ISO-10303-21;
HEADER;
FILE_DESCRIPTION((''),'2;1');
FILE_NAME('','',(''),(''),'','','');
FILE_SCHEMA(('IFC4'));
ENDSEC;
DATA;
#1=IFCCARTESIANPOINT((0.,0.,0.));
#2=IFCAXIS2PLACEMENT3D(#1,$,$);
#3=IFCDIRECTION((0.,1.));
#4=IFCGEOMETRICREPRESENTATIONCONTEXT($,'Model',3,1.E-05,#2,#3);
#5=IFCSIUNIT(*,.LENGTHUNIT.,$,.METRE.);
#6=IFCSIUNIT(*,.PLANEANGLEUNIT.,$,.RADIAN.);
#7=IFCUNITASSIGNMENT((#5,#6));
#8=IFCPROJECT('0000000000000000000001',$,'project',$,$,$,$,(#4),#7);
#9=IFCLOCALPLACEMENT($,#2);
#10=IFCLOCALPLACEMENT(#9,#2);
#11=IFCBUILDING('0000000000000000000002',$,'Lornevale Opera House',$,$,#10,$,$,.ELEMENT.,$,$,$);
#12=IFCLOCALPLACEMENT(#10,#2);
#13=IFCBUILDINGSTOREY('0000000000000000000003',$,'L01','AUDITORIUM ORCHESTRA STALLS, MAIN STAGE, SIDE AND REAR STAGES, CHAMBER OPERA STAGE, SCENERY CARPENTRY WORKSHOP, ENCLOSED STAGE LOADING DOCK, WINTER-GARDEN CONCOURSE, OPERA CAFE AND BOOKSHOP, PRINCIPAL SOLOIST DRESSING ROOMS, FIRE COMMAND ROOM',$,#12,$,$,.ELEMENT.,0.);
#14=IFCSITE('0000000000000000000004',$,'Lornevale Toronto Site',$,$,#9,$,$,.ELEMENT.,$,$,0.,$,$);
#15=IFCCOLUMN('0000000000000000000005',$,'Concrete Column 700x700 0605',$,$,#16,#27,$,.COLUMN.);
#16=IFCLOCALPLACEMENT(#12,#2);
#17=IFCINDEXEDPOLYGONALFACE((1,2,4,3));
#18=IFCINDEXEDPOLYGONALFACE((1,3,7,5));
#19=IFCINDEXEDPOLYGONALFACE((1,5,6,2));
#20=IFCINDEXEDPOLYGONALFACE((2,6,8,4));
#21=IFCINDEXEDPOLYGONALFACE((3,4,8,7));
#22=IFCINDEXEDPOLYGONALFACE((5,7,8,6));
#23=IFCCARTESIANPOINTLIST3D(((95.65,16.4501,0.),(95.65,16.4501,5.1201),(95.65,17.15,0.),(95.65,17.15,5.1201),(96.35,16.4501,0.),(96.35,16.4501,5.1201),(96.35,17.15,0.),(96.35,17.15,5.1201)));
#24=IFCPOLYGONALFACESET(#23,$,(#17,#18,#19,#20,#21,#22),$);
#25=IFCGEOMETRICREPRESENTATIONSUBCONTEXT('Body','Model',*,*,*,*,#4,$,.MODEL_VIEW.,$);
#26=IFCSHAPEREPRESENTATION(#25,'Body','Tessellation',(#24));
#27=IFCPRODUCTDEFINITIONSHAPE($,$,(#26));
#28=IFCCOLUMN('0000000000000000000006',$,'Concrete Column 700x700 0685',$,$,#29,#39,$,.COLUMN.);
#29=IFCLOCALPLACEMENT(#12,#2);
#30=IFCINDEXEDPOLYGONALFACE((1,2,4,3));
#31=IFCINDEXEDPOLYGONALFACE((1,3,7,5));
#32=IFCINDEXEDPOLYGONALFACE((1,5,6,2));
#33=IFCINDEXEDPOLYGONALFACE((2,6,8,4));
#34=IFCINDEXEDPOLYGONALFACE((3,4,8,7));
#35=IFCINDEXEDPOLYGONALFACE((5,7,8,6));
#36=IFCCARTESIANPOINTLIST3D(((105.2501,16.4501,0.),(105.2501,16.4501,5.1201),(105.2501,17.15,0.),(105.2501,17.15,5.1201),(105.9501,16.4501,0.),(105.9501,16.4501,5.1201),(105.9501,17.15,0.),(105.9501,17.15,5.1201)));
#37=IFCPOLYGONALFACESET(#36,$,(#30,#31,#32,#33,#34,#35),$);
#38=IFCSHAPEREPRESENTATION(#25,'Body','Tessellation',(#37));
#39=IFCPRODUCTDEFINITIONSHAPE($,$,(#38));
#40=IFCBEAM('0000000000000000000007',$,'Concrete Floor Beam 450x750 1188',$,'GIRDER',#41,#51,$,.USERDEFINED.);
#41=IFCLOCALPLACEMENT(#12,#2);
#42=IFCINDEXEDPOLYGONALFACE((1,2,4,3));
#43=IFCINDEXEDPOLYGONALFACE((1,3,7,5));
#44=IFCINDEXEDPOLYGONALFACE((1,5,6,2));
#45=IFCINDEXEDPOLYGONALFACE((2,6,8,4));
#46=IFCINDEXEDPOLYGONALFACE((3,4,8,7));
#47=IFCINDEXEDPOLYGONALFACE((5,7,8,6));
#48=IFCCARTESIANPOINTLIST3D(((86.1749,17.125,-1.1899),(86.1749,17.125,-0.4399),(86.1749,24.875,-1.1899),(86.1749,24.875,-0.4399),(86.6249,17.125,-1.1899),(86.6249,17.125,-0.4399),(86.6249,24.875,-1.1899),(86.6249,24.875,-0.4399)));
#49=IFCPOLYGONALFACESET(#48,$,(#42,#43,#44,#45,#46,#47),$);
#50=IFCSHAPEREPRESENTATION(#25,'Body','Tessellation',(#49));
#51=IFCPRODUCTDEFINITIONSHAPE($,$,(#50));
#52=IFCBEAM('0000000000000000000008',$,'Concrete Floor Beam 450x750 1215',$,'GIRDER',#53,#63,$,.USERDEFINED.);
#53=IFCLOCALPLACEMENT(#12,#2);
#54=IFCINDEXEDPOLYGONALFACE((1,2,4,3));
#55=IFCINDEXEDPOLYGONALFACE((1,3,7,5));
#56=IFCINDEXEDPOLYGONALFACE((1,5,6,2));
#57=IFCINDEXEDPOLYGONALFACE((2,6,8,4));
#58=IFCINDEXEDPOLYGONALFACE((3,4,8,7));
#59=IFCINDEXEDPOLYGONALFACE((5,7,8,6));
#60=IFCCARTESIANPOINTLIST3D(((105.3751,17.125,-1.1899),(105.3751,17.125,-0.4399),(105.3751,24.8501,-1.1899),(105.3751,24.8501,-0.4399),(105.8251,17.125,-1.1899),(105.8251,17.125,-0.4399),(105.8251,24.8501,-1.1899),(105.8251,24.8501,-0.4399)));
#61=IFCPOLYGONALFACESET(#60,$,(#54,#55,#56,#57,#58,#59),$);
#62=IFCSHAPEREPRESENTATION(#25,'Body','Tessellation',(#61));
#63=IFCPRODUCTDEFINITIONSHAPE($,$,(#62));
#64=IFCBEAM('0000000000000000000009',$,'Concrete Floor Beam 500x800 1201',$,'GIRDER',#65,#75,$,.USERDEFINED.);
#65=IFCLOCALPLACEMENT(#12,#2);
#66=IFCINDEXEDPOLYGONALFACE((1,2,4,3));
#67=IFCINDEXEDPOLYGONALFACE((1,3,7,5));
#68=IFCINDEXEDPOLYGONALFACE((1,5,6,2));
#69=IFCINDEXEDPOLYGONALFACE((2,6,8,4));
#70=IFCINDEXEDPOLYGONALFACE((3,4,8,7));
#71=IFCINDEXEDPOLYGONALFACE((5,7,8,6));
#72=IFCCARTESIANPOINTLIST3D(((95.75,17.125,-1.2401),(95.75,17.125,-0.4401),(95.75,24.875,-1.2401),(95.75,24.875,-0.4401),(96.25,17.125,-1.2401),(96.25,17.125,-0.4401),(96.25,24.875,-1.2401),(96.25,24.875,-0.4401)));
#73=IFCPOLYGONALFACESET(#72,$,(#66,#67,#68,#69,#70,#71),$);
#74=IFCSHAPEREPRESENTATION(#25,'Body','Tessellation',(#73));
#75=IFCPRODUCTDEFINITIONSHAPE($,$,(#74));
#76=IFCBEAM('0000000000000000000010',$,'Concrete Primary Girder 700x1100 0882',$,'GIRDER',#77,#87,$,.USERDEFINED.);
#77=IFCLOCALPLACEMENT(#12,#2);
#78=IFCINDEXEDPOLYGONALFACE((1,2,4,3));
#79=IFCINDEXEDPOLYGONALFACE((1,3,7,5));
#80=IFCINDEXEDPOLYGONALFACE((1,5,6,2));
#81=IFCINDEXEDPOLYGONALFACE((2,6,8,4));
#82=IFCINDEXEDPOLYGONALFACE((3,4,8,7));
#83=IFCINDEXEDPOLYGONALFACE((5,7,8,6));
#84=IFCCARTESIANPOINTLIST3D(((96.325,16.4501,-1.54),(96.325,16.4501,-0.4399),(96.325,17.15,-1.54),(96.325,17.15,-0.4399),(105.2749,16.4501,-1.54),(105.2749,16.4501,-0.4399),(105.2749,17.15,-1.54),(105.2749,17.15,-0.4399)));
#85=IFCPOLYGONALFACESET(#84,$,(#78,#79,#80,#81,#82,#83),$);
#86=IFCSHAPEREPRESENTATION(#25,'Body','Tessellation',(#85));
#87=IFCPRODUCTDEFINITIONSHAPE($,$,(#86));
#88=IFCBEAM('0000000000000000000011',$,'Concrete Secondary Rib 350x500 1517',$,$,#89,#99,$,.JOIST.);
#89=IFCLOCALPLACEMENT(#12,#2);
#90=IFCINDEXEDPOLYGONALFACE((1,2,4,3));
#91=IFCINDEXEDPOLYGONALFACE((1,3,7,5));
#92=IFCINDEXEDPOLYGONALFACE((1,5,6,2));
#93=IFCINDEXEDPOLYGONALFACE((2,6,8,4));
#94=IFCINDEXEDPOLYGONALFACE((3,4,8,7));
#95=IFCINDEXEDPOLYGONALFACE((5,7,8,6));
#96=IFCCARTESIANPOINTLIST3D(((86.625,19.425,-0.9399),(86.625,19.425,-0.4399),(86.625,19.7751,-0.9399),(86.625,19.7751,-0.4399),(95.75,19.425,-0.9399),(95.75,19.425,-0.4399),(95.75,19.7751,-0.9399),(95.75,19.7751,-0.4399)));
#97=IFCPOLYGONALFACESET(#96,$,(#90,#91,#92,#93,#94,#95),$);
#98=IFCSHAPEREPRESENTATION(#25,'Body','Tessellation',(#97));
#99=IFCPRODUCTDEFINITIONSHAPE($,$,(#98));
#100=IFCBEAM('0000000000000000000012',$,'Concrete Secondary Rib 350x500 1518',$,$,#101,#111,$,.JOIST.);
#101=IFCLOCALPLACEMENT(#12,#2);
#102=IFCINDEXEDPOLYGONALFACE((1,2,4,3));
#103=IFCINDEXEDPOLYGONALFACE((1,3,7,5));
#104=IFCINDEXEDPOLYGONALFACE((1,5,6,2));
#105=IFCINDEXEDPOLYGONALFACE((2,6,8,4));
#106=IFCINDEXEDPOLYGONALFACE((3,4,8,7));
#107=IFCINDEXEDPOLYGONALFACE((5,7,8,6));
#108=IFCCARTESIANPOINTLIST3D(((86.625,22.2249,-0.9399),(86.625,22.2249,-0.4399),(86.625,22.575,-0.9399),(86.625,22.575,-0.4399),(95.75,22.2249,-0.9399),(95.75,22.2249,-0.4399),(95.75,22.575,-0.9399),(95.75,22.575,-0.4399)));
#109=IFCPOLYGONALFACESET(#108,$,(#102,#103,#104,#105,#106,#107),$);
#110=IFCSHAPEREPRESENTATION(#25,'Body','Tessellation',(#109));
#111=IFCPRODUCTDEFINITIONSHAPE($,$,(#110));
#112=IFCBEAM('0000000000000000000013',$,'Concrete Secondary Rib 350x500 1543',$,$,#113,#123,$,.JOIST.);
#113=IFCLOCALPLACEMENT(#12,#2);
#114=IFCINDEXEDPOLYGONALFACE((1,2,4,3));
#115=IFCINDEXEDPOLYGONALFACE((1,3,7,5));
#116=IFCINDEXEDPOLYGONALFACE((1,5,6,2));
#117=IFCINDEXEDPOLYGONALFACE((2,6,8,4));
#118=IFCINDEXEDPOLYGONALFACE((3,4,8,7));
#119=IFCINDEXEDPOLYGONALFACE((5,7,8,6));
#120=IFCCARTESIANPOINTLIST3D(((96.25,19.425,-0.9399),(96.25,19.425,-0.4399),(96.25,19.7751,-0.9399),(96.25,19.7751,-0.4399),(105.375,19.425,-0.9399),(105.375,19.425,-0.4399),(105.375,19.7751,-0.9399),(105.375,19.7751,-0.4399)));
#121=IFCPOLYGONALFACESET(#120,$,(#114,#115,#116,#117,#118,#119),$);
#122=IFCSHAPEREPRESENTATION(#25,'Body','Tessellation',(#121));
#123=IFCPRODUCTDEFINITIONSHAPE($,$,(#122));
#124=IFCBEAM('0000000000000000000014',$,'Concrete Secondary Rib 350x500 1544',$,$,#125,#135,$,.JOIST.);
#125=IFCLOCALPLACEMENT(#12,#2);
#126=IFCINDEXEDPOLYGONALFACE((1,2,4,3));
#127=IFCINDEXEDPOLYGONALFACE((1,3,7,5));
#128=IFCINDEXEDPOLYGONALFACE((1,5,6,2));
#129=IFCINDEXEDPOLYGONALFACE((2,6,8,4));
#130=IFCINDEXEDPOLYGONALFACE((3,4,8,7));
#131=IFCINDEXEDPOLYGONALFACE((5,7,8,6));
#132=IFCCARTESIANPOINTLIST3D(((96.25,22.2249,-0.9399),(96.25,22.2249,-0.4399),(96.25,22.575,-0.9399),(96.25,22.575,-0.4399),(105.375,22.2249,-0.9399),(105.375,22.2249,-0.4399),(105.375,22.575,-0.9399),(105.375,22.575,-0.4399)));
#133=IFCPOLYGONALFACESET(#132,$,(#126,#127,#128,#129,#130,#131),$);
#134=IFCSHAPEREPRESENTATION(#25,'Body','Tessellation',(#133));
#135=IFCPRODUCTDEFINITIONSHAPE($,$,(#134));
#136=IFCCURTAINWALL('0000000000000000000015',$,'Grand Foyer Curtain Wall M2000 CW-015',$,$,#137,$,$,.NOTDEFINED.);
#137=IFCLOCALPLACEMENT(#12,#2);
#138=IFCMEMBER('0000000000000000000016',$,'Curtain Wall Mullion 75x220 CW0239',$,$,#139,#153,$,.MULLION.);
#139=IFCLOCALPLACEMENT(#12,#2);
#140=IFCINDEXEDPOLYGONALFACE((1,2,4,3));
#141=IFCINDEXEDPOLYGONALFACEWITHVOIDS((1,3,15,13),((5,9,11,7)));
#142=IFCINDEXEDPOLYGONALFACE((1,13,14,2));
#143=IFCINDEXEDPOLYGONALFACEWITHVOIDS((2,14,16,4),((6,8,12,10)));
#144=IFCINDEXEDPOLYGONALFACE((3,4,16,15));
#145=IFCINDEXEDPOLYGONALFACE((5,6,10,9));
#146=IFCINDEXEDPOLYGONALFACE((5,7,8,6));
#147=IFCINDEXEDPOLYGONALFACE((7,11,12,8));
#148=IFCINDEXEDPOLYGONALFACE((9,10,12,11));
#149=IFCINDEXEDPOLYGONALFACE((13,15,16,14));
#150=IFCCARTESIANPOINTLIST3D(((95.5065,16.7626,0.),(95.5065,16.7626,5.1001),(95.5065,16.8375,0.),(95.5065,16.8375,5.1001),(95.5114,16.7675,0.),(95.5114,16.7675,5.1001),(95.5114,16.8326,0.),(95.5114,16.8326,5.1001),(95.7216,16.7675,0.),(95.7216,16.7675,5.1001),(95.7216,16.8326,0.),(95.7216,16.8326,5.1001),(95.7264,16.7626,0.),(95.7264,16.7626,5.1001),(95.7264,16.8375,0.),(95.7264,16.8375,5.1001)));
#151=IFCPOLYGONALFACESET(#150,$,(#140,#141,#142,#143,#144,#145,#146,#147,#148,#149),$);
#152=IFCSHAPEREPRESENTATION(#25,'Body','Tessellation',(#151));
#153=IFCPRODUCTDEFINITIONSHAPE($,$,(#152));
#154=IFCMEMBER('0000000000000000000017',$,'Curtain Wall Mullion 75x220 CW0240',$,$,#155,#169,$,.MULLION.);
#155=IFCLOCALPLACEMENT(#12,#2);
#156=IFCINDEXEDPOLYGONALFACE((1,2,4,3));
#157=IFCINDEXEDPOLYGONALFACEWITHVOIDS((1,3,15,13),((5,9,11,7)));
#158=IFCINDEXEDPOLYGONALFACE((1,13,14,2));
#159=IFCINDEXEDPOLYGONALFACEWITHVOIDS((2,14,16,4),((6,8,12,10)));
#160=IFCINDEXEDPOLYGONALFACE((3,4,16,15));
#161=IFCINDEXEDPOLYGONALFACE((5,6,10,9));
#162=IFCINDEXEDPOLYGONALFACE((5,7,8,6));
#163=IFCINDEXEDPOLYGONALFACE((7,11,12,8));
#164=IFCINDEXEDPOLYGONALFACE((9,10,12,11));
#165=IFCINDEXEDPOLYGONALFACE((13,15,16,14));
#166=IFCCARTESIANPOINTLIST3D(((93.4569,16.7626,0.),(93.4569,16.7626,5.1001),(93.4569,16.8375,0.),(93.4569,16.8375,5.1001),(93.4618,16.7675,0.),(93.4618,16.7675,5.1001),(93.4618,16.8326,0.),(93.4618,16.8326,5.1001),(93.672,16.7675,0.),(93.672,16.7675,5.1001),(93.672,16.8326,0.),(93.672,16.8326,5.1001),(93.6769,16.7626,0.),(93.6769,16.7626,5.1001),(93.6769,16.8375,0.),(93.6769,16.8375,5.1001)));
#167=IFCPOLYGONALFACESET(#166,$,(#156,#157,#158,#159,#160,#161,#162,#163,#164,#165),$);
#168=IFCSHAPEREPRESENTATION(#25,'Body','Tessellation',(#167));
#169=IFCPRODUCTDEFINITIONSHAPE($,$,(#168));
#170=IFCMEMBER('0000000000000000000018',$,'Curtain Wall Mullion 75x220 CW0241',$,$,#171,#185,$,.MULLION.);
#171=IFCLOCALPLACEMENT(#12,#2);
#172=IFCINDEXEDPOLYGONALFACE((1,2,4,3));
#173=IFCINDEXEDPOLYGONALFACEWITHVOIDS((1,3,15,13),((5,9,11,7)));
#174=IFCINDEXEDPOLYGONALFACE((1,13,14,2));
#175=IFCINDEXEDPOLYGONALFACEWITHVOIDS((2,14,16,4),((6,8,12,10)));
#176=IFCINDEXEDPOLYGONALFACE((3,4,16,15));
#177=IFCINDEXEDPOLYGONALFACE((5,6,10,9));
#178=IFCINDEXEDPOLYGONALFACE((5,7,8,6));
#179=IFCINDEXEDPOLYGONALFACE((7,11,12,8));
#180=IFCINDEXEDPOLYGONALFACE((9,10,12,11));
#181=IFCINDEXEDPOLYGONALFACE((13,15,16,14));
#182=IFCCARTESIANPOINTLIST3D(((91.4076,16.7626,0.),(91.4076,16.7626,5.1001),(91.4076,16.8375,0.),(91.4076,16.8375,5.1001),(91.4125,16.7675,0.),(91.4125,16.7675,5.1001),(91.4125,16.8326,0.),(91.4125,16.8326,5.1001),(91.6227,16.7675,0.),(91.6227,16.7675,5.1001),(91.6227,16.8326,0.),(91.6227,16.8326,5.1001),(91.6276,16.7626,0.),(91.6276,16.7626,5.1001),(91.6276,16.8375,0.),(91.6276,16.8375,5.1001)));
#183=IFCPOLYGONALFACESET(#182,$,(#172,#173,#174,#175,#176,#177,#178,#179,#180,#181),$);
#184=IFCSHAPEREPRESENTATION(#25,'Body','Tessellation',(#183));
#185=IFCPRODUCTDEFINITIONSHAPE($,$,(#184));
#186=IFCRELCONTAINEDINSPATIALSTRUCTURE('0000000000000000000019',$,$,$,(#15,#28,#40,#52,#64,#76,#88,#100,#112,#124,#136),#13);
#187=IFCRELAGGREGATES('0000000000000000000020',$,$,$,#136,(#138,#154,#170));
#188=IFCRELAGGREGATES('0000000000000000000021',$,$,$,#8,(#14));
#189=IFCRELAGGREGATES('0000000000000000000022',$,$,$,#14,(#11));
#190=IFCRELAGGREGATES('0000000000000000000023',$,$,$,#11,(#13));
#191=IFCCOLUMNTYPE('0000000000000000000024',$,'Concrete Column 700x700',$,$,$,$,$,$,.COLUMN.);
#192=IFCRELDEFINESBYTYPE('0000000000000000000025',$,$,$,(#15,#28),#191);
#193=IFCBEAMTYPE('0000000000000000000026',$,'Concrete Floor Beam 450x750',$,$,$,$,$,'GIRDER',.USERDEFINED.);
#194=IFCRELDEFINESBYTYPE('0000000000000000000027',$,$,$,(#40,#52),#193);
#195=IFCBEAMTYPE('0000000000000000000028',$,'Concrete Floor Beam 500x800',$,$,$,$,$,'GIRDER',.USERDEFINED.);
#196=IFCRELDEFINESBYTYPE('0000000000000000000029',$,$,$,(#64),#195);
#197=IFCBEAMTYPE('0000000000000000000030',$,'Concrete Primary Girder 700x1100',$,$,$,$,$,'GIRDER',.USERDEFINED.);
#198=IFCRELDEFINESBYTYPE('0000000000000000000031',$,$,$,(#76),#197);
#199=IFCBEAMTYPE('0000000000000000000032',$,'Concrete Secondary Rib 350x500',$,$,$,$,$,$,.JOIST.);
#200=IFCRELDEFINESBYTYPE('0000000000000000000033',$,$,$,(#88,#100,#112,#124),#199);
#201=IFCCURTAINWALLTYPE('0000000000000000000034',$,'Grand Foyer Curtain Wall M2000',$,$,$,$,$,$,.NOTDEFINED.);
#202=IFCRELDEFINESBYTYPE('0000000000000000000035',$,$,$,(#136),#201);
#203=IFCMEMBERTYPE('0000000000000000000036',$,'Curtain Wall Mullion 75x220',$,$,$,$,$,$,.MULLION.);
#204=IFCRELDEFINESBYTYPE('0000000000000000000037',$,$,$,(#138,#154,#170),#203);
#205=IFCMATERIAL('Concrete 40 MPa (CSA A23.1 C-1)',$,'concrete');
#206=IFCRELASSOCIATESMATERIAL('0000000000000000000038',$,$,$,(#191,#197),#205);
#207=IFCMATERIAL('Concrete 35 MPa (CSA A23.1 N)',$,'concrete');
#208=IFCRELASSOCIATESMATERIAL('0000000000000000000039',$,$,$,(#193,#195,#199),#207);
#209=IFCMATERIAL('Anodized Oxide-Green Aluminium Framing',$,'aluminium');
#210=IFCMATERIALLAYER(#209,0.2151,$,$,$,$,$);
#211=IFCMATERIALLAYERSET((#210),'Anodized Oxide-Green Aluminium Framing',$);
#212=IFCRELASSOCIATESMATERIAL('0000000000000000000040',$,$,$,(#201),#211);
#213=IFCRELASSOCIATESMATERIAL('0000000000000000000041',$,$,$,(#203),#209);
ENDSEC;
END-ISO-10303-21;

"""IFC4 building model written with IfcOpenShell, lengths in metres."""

from ifc_helpers import new_model, si_unit, direction, frame, origin, origin_2d, place, context, subcontext, project, spatial, rectangle, hollow_rectangle, extrude, material, layer, layer_set, material_profile, profile_set, type_object, element, aggregate, save


model = new_model("IFC4")

# Units and contexts
model_context = context("Model", 3, precision=1e-05, world=origin(), true_north=direction((0.0, 1.0)))
body_context = subcontext(model_context, "Body", "Model", "MODEL_VIEW")
ifc_project = project(units=[si_unit("LENGTHUNIT", "METRE"), si_unit("PLANEANGLEUNIT", "RADIAN")], contexts=[model_context])

# Site, building, storey
site_placement = place(None, origin())
site = spatial("IfcSite", under=ifc_project, at=site_placement, Name="Lornevale Toronto Site", CompositionType="ELEMENT", RefElevation=0.0)
building_placement = place(site_placement, origin())
building = spatial("IfcBuilding", under=site, at=building_placement, Name="Lornevale Opera House", CompositionType="ELEMENT")
storey_placement = place(building_placement, origin())
storey = spatial("IfcBuildingStorey", under=building, at=storey_placement, Name="L01", Description="AUDITORIUM ORCHESTRA STALLS, MAIN STAGE, SIDE AND REAR STAGES, CHAMBER OPERA STAGE, SCENERY CARPENTRY WORKSHOP, ENCLOSED STAGE LOADING DOCK, WINTER-GARDEN CONCOURSE, OPERA CAFE AND BOOKSHOP, PRINCIPAL SOLOIST DRESSING ROOMS, FIRE COMMAND ROOM", CompositionType="ELEMENT", Elevation=0.0)

# Columns
ifc_material_1 = material(Name="Concrete 40 MPa (CSA A23.1 C-1)", Category="concrete")
ifc_material_profile_1 = material_profile(ifc_material_1, rectangle(XDim=0.7, YDim=0.7, at=origin_2d()), Name="RC700x700")
ifc_profile_set_1 = profile_set([ifc_material_profile_1], Name="Concrete 40 MPa (CSA A23.1 C-1)")
column_type = type_object("IfcColumnType", Name="Concrete Column 700x700", PredefinedType="COLUMN", material=ifc_profile_set_1)
for number, where, z_axis, x_axis, name in (
    (1, (96.0, 16.8, 0.0), (0.0, 0.0, 1.0), (1.0, 0.0, 0.0), "Concrete Column 700x700 0605"),
    (2, (105.6001, 16.8, 0.0), (0.0, 0.0, 1.0), (1.0, 0.0, 0.0), "Concrete Column 700x700 0685"),
):
    element("IfcColumn", number, at=place(storey_placement, frame(where, z_axis=z_axis, x_axis=x_axis)), inside=storey, type_object=column_type, Name=name, PredefinedType="COLUMN", context=body_context, shape_type="SweptSolid", body=[
        extrude(rectangle(XDim=0.7, YDim=0.7, at=origin_2d()), origin(), (0.0, 0.0, 1.0), 5.1201),
    ])

# Beams
ifc_material_2 = material(Name="Concrete 35 MPa (CSA A23.1 N)", Category="concrete")
ifc_material_profile_2 = material_profile(ifc_material_2, rectangle(XDim=0.45, YDim=0.75, at=origin_2d()), Name="RC450x750")
ifc_profile_set_2 = profile_set([ifc_material_profile_2], Name="Concrete 35 MPa (CSA A23.1 N)")
beam_type_1 = type_object("IfcBeamType", Name="Concrete Floor Beam 450x750", ElementType="GIRDER", PredefinedType="USERDEFINED", material=ifc_profile_set_2)
beam_1_placement = place(storey_placement, frame((86.3999, 17.125, -0.8149), z_axis=(0.0, 1.0, 0.0), x_axis=(-1.0, 0.0, 0.0)))
element("IfcBeam", 3, at=beam_1_placement, inside=storey, type_object=beam_type_1, Name="Concrete Floor Beam 450x750 1188", ObjectType="GIRDER", PredefinedType="USERDEFINED", context=body_context, shape_type="SweptSolid", body=[
    extrude(rectangle(XDim=0.45, YDim=0.75, at=origin_2d()), origin(), (0.0, 0.0, 1.0), 7.75),
])
beam_2_placement = place(storey_placement, frame((105.6001, 17.125, -0.8149), z_axis=(0.0, 1.0, 0.0), x_axis=(-1.0, 0.0, 0.0)))
element("IfcBeam", 4, at=beam_2_placement, inside=storey, type_object=beam_type_1, Name="Concrete Floor Beam 450x750 1215", ObjectType="GIRDER", PredefinedType="USERDEFINED", context=body_context, shape_type="SweptSolid", body=[
    extrude(rectangle(XDim=0.45, YDim=0.75, at=origin_2d()), origin(), (0.0, 0.0, 1.0), 7.7251),
])
ifc_material_profile_3 = material_profile(ifc_material_2, rectangle(XDim=0.5, YDim=0.8, at=origin_2d()), Name="RC500x800")
ifc_profile_set_3 = profile_set([ifc_material_profile_3], Name="Concrete 35 MPa (CSA A23.1 N)")
beam_type_2 = type_object("IfcBeamType", Name="Concrete Floor Beam 500x800", ElementType="GIRDER", PredefinedType="USERDEFINED", material=ifc_profile_set_3)
beam_3_placement = place(storey_placement, frame((96.0, 17.125, -0.8401), z_axis=(0.0, 1.0, 0.0), x_axis=(-1.0, 0.0, 0.0)))
element("IfcBeam", 5, at=beam_3_placement, inside=storey, type_object=beam_type_2, Name="Concrete Floor Beam 500x800 1201", ObjectType="GIRDER", PredefinedType="USERDEFINED", context=body_context, shape_type="SweptSolid", body=[
    extrude(rectangle(XDim=0.5, YDim=0.8, at=origin_2d()), origin(), (0.0, 0.0, 1.0), 7.75),
])
ifc_material_profile_4 = material_profile(ifc_material_1, rectangle(XDim=0.7, YDim=1.1001, at=origin_2d()), Name="RC700x1100")
ifc_profile_set_4 = profile_set([ifc_material_profile_4], Name="Concrete 40 MPa (CSA A23.1 C-1)")
beam_type_3 = type_object("IfcBeamType", Name="Concrete Primary Girder 700x1100", ElementType="GIRDER", PredefinedType="USERDEFINED", material=ifc_profile_set_4)
beam_4_placement = place(storey_placement, frame((96.325, 16.8, -0.99), z_axis=(1.0, 0.0, 0.0), x_axis=(0.0, 1.0, 0.0)))
element("IfcBeam", 6, at=beam_4_placement, inside=storey, type_object=beam_type_3, Name="Concrete Primary Girder 700x1100 0882", ObjectType="GIRDER", PredefinedType="USERDEFINED", context=body_context, shape_type="SweptSolid", body=[
    extrude(rectangle(XDim=0.7, YDim=1.1001, at=origin_2d()), origin(), (0.0, 0.0, 1.0), 8.95),
])
ifc_material_profile_5 = material_profile(ifc_material_2, rectangle(XDim=0.3501, YDim=0.5, at=origin_2d()), Name="RC350x500")
ifc_profile_set_5 = profile_set([ifc_material_profile_5], Name="Concrete 35 MPa (CSA A23.1 N)")
beam_type_4 = type_object("IfcBeamType", Name="Concrete Secondary Rib 350x500", PredefinedType="JOIST", material=ifc_profile_set_5)
for number, where, z_axis, x_axis, name in (
    (7, (86.625, 19.6001, -0.6899), (1.0, 0.0, 0.0), (0.0, 1.0, 0.0), "Concrete Secondary Rib 350x500 1517"),
    (8, (86.625, 22.3999, -0.6899), (1.0, 0.0, 0.0), (0.0, 1.0, 0.0), "Concrete Secondary Rib 350x500 1518"),
    (9, (96.25, 19.6001, -0.6899), (1.0, 0.0, 0.0), (0.0, 1.0, 0.0), "Concrete Secondary Rib 350x500 1543"),
    (10, (96.25, 22.3999, -0.6899), (1.0, 0.0, 0.0), (0.0, 1.0, 0.0), "Concrete Secondary Rib 350x500 1544"),
):
    element("IfcBeam", number, at=place(storey_placement, frame(where, z_axis=z_axis, x_axis=x_axis)), inside=storey, type_object=beam_type_4, Name=name, PredefinedType="JOIST", context=body_context, shape_type="SweptSolid", body=[
        extrude(rectangle(XDim=0.3501, YDim=0.5, at=origin_2d()), origin(), (0.0, 0.0, 1.0), 9.125),
    ])

# Curtain wall, members
ifc_material_3 = material(Name="Anodized Oxide-Green Aluminium Framing", Category="aluminium")
ifc_layer_1 = layer(ifc_material_3, 0.2151)
ifc_layer_set_1 = layer_set([ifc_layer_1], Name="Anodized Oxide-Green Aluminium Framing")
curtain_wall_type = type_object("IfcCurtainWallType", Name="Grand Foyer Curtain Wall M2000", PredefinedType="NOTDEFINED", material=ifc_layer_set_1)
curtain_wall_1_placement = place(storey_placement, origin())
curtain_wall_1 = element("IfcCurtainWall", 11, at=curtain_wall_1_placement, inside=storey, type_object=curtain_wall_type, Name="Grand Foyer Curtain Wall M2000 CW-015", PredefinedType="NOTDEFINED")
ifc_material_profile_6 = material_profile(ifc_material_3, hollow_rectangle(XDim=0.075, YDim=0.22, WallThickness=0.0049, at=origin_2d()), Name="ALU75x220x5")
ifc_profile_set_6 = profile_set([ifc_material_profile_6], Name="Anodized Oxide-Green Aluminium Framing")
member_type_1 = type_object("IfcMemberType", Name="Curtain Wall Mullion 75x220", PredefinedType="MULLION", material=ifc_profile_set_6)
member_1_placement = place(storey_placement, frame((95.6165, 16.8, 0.0), z_axis=(0.0, 0.0, 1.0), x_axis=(0.0, -1.0, 0.0)))
member_1 = element("IfcMember", 12, at=member_1_placement, type_object=member_type_1, Name="Curtain Wall Mullion 75x220 CW0239", PredefinedType="MULLION", context=body_context, shape_type="SweptSolid", body=[
    extrude(hollow_rectangle(XDim=0.075, YDim=0.22, WallThickness=0.0049, at=origin_2d()), origin(), (0.0, 0.0, 1.0), 5.1001),
])
member_2_placement = place(storey_placement, frame((93.5669, 16.8, 0.0), z_axis=(0.0, 0.0, 1.0), x_axis=(0.0, -1.0, 0.0)))
member_2 = element("IfcMember", 13, at=member_2_placement, type_object=member_type_1, Name="Curtain Wall Mullion 75x220 CW0240", PredefinedType="MULLION", context=body_context, shape_type="SweptSolid", body=[
    extrude(hollow_rectangle(XDim=0.075, YDim=0.22, WallThickness=0.0049, at=origin_2d()), origin(), (0.0, 0.0, 1.0), 5.1001),
])
member_3_placement = place(storey_placement, frame((91.5176, 16.8, 0.0), z_axis=(0.0, 0.0, 1.0), x_axis=(0.0, -1.0, 0.0)))
member_3 = element("IfcMember", 14, at=member_3_placement, type_object=member_type_1, Name="Curtain Wall Mullion 75x220 CW0241", PredefinedType="MULLION", context=body_context, shape_type="SweptSolid", body=[
    extrude(hollow_rectangle(XDim=0.075, YDim=0.22, WallThickness=0.0049, at=origin_2d()), origin(), (0.0, 0.0, 1.0), 5.1001),
])

aggregate(curtain_wall_1, [member_1, member_2, member_3])

save(model, "model.ifc")
